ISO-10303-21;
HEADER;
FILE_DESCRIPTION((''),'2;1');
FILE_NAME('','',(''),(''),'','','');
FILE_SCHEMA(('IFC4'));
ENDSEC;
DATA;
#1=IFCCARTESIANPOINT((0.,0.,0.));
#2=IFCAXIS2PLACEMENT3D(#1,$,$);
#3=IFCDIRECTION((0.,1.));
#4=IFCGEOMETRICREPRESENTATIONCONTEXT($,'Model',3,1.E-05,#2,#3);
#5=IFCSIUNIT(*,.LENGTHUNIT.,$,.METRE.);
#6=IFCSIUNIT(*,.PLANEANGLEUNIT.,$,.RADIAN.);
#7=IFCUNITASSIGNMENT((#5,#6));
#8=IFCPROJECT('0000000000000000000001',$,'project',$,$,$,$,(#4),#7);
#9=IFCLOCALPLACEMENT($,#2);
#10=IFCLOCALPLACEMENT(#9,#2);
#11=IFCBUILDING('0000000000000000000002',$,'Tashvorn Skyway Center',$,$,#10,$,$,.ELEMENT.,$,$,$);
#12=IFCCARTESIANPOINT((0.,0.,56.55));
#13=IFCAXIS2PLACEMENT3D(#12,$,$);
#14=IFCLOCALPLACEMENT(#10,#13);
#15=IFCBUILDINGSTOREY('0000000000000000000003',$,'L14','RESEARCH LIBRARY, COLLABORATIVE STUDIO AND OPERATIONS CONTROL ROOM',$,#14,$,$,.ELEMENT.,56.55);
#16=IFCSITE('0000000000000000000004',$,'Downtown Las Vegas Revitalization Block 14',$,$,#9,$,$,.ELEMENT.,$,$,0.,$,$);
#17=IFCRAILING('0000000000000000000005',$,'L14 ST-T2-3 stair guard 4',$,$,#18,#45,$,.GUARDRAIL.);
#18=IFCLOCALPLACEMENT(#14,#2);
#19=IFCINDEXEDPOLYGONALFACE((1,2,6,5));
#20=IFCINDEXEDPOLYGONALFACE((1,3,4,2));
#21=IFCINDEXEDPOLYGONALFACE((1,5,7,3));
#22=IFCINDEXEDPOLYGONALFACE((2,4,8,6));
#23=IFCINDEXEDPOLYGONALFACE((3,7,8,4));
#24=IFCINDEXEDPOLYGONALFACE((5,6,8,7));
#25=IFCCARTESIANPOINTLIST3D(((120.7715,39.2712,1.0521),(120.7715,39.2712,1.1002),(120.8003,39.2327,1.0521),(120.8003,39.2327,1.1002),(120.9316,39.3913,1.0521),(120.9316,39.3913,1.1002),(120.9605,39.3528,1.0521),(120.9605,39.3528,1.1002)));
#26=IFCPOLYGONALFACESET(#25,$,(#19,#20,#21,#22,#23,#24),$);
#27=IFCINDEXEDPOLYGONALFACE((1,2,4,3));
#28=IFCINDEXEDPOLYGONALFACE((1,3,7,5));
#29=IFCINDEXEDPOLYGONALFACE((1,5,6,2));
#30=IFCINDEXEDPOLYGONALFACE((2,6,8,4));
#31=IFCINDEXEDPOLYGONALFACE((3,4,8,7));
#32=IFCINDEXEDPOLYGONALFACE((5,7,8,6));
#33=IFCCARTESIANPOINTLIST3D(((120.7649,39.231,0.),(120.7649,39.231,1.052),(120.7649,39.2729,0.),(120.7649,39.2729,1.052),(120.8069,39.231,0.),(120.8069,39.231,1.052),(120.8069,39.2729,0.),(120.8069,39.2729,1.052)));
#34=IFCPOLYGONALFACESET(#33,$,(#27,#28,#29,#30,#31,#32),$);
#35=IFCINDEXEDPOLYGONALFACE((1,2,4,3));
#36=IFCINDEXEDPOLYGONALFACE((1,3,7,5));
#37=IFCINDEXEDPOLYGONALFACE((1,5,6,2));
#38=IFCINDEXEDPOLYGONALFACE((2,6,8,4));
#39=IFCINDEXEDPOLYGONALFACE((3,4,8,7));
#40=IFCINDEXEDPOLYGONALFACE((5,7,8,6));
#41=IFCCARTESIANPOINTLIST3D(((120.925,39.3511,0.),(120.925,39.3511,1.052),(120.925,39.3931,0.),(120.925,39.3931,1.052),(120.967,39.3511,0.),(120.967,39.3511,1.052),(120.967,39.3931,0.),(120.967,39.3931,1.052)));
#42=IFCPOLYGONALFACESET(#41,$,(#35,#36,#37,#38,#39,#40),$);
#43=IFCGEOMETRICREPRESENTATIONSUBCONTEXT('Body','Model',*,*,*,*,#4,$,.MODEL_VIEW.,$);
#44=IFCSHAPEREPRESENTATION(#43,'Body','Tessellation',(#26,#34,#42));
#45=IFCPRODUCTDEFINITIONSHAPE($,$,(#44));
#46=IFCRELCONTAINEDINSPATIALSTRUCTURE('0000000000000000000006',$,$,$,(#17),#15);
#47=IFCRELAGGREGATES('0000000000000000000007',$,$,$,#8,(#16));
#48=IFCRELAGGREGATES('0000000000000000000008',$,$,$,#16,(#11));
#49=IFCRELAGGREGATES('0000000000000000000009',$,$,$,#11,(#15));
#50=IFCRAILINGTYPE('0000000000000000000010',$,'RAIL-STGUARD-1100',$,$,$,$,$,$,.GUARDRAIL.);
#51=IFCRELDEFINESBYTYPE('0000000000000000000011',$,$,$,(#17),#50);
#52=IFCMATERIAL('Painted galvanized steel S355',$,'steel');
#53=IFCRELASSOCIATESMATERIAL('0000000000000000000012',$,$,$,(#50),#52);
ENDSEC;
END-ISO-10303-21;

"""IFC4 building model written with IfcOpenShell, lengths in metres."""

from ifc_helpers import new_model, si_unit, direction, frame, origin, origin_2d, place, context, subcontext, project, spatial, rectangle, extrude, material, type_object, element, save


model = new_model("IFC4")

# Units and contexts
model_context = context("Model", 3, precision=1e-05, world=origin(), true_north=direction((0.0, 1.0)))
body_context = subcontext(model_context, "Body", "Model", "MODEL_VIEW")
ifc_project = project(units=[si_unit("LENGTHUNIT", "METRE"), si_unit("PLANEANGLEUNIT", "RADIAN")], contexts=[model_context])

# Site, building, storey
site_placement = place(None, origin())
site = spatial("IfcSite", under=ifc_project, at=site_placement, Name="Downtown Las Vegas Revitalization Block 14", CompositionType="ELEMENT", RefElevation=0.0)
building_placement = place(site_placement, origin())
building = spatial("IfcBuilding", under=site, at=building_placement, Name="Tashvorn Skyway Center", CompositionType="ELEMENT")
storey_placement = place(building_placement, frame((0.0, 0.0, 56.55)))
storey = spatial("IfcBuildingStorey", under=building, at=storey_placement, Name="L14", Description="RESEARCH LIBRARY, COLLABORATIVE STUDIO AND OPERATIONS CONTROL ROOM", CompositionType="ELEMENT", Elevation=56.55)

# Railing
ifc_material_1 = material(Name="Painted galvanized steel S355", Category="steel")
railing_type_1 = type_object("IfcRailingType", Name="RAIL-STGUARD-1100", PredefinedType="GUARDRAIL", material=ifc_material_1)
railing_1_placement = place(storey_placement, frame((120.7859, 39.252, 0.0)))
element("IfcRailing", 1, at=railing_1_placement, inside=storey, type_object=railing_type_1, Name="L14 ST-T2-3 stair guard 4", PredefinedType="GUARDRAIL", context=body_context, shape_type="SweptSolid", body=[
    extrude(rectangle(XDim=0.0481, YDim=0.0481, at=origin_2d()), frame((0.0, 0.0, 1.0762), z_axis=(0.8, 0.6, 0.0), x_axis=(-0.6, 0.8, 0.0)), (0.0, 0.0, 1.0), 0.2002),
    extrude(rectangle(XDim=0.042, YDim=0.042, at=origin_2d()), origin(), (0.0, 0.0, 1.0), 1.052),
    extrude(rectangle(XDim=0.042, YDim=0.042, at=origin_2d()), frame((0.1602, 0.1201, 0.0)), (0.0, 0.0, 1.0), 1.052),
])

save(model, "model.ifc")
